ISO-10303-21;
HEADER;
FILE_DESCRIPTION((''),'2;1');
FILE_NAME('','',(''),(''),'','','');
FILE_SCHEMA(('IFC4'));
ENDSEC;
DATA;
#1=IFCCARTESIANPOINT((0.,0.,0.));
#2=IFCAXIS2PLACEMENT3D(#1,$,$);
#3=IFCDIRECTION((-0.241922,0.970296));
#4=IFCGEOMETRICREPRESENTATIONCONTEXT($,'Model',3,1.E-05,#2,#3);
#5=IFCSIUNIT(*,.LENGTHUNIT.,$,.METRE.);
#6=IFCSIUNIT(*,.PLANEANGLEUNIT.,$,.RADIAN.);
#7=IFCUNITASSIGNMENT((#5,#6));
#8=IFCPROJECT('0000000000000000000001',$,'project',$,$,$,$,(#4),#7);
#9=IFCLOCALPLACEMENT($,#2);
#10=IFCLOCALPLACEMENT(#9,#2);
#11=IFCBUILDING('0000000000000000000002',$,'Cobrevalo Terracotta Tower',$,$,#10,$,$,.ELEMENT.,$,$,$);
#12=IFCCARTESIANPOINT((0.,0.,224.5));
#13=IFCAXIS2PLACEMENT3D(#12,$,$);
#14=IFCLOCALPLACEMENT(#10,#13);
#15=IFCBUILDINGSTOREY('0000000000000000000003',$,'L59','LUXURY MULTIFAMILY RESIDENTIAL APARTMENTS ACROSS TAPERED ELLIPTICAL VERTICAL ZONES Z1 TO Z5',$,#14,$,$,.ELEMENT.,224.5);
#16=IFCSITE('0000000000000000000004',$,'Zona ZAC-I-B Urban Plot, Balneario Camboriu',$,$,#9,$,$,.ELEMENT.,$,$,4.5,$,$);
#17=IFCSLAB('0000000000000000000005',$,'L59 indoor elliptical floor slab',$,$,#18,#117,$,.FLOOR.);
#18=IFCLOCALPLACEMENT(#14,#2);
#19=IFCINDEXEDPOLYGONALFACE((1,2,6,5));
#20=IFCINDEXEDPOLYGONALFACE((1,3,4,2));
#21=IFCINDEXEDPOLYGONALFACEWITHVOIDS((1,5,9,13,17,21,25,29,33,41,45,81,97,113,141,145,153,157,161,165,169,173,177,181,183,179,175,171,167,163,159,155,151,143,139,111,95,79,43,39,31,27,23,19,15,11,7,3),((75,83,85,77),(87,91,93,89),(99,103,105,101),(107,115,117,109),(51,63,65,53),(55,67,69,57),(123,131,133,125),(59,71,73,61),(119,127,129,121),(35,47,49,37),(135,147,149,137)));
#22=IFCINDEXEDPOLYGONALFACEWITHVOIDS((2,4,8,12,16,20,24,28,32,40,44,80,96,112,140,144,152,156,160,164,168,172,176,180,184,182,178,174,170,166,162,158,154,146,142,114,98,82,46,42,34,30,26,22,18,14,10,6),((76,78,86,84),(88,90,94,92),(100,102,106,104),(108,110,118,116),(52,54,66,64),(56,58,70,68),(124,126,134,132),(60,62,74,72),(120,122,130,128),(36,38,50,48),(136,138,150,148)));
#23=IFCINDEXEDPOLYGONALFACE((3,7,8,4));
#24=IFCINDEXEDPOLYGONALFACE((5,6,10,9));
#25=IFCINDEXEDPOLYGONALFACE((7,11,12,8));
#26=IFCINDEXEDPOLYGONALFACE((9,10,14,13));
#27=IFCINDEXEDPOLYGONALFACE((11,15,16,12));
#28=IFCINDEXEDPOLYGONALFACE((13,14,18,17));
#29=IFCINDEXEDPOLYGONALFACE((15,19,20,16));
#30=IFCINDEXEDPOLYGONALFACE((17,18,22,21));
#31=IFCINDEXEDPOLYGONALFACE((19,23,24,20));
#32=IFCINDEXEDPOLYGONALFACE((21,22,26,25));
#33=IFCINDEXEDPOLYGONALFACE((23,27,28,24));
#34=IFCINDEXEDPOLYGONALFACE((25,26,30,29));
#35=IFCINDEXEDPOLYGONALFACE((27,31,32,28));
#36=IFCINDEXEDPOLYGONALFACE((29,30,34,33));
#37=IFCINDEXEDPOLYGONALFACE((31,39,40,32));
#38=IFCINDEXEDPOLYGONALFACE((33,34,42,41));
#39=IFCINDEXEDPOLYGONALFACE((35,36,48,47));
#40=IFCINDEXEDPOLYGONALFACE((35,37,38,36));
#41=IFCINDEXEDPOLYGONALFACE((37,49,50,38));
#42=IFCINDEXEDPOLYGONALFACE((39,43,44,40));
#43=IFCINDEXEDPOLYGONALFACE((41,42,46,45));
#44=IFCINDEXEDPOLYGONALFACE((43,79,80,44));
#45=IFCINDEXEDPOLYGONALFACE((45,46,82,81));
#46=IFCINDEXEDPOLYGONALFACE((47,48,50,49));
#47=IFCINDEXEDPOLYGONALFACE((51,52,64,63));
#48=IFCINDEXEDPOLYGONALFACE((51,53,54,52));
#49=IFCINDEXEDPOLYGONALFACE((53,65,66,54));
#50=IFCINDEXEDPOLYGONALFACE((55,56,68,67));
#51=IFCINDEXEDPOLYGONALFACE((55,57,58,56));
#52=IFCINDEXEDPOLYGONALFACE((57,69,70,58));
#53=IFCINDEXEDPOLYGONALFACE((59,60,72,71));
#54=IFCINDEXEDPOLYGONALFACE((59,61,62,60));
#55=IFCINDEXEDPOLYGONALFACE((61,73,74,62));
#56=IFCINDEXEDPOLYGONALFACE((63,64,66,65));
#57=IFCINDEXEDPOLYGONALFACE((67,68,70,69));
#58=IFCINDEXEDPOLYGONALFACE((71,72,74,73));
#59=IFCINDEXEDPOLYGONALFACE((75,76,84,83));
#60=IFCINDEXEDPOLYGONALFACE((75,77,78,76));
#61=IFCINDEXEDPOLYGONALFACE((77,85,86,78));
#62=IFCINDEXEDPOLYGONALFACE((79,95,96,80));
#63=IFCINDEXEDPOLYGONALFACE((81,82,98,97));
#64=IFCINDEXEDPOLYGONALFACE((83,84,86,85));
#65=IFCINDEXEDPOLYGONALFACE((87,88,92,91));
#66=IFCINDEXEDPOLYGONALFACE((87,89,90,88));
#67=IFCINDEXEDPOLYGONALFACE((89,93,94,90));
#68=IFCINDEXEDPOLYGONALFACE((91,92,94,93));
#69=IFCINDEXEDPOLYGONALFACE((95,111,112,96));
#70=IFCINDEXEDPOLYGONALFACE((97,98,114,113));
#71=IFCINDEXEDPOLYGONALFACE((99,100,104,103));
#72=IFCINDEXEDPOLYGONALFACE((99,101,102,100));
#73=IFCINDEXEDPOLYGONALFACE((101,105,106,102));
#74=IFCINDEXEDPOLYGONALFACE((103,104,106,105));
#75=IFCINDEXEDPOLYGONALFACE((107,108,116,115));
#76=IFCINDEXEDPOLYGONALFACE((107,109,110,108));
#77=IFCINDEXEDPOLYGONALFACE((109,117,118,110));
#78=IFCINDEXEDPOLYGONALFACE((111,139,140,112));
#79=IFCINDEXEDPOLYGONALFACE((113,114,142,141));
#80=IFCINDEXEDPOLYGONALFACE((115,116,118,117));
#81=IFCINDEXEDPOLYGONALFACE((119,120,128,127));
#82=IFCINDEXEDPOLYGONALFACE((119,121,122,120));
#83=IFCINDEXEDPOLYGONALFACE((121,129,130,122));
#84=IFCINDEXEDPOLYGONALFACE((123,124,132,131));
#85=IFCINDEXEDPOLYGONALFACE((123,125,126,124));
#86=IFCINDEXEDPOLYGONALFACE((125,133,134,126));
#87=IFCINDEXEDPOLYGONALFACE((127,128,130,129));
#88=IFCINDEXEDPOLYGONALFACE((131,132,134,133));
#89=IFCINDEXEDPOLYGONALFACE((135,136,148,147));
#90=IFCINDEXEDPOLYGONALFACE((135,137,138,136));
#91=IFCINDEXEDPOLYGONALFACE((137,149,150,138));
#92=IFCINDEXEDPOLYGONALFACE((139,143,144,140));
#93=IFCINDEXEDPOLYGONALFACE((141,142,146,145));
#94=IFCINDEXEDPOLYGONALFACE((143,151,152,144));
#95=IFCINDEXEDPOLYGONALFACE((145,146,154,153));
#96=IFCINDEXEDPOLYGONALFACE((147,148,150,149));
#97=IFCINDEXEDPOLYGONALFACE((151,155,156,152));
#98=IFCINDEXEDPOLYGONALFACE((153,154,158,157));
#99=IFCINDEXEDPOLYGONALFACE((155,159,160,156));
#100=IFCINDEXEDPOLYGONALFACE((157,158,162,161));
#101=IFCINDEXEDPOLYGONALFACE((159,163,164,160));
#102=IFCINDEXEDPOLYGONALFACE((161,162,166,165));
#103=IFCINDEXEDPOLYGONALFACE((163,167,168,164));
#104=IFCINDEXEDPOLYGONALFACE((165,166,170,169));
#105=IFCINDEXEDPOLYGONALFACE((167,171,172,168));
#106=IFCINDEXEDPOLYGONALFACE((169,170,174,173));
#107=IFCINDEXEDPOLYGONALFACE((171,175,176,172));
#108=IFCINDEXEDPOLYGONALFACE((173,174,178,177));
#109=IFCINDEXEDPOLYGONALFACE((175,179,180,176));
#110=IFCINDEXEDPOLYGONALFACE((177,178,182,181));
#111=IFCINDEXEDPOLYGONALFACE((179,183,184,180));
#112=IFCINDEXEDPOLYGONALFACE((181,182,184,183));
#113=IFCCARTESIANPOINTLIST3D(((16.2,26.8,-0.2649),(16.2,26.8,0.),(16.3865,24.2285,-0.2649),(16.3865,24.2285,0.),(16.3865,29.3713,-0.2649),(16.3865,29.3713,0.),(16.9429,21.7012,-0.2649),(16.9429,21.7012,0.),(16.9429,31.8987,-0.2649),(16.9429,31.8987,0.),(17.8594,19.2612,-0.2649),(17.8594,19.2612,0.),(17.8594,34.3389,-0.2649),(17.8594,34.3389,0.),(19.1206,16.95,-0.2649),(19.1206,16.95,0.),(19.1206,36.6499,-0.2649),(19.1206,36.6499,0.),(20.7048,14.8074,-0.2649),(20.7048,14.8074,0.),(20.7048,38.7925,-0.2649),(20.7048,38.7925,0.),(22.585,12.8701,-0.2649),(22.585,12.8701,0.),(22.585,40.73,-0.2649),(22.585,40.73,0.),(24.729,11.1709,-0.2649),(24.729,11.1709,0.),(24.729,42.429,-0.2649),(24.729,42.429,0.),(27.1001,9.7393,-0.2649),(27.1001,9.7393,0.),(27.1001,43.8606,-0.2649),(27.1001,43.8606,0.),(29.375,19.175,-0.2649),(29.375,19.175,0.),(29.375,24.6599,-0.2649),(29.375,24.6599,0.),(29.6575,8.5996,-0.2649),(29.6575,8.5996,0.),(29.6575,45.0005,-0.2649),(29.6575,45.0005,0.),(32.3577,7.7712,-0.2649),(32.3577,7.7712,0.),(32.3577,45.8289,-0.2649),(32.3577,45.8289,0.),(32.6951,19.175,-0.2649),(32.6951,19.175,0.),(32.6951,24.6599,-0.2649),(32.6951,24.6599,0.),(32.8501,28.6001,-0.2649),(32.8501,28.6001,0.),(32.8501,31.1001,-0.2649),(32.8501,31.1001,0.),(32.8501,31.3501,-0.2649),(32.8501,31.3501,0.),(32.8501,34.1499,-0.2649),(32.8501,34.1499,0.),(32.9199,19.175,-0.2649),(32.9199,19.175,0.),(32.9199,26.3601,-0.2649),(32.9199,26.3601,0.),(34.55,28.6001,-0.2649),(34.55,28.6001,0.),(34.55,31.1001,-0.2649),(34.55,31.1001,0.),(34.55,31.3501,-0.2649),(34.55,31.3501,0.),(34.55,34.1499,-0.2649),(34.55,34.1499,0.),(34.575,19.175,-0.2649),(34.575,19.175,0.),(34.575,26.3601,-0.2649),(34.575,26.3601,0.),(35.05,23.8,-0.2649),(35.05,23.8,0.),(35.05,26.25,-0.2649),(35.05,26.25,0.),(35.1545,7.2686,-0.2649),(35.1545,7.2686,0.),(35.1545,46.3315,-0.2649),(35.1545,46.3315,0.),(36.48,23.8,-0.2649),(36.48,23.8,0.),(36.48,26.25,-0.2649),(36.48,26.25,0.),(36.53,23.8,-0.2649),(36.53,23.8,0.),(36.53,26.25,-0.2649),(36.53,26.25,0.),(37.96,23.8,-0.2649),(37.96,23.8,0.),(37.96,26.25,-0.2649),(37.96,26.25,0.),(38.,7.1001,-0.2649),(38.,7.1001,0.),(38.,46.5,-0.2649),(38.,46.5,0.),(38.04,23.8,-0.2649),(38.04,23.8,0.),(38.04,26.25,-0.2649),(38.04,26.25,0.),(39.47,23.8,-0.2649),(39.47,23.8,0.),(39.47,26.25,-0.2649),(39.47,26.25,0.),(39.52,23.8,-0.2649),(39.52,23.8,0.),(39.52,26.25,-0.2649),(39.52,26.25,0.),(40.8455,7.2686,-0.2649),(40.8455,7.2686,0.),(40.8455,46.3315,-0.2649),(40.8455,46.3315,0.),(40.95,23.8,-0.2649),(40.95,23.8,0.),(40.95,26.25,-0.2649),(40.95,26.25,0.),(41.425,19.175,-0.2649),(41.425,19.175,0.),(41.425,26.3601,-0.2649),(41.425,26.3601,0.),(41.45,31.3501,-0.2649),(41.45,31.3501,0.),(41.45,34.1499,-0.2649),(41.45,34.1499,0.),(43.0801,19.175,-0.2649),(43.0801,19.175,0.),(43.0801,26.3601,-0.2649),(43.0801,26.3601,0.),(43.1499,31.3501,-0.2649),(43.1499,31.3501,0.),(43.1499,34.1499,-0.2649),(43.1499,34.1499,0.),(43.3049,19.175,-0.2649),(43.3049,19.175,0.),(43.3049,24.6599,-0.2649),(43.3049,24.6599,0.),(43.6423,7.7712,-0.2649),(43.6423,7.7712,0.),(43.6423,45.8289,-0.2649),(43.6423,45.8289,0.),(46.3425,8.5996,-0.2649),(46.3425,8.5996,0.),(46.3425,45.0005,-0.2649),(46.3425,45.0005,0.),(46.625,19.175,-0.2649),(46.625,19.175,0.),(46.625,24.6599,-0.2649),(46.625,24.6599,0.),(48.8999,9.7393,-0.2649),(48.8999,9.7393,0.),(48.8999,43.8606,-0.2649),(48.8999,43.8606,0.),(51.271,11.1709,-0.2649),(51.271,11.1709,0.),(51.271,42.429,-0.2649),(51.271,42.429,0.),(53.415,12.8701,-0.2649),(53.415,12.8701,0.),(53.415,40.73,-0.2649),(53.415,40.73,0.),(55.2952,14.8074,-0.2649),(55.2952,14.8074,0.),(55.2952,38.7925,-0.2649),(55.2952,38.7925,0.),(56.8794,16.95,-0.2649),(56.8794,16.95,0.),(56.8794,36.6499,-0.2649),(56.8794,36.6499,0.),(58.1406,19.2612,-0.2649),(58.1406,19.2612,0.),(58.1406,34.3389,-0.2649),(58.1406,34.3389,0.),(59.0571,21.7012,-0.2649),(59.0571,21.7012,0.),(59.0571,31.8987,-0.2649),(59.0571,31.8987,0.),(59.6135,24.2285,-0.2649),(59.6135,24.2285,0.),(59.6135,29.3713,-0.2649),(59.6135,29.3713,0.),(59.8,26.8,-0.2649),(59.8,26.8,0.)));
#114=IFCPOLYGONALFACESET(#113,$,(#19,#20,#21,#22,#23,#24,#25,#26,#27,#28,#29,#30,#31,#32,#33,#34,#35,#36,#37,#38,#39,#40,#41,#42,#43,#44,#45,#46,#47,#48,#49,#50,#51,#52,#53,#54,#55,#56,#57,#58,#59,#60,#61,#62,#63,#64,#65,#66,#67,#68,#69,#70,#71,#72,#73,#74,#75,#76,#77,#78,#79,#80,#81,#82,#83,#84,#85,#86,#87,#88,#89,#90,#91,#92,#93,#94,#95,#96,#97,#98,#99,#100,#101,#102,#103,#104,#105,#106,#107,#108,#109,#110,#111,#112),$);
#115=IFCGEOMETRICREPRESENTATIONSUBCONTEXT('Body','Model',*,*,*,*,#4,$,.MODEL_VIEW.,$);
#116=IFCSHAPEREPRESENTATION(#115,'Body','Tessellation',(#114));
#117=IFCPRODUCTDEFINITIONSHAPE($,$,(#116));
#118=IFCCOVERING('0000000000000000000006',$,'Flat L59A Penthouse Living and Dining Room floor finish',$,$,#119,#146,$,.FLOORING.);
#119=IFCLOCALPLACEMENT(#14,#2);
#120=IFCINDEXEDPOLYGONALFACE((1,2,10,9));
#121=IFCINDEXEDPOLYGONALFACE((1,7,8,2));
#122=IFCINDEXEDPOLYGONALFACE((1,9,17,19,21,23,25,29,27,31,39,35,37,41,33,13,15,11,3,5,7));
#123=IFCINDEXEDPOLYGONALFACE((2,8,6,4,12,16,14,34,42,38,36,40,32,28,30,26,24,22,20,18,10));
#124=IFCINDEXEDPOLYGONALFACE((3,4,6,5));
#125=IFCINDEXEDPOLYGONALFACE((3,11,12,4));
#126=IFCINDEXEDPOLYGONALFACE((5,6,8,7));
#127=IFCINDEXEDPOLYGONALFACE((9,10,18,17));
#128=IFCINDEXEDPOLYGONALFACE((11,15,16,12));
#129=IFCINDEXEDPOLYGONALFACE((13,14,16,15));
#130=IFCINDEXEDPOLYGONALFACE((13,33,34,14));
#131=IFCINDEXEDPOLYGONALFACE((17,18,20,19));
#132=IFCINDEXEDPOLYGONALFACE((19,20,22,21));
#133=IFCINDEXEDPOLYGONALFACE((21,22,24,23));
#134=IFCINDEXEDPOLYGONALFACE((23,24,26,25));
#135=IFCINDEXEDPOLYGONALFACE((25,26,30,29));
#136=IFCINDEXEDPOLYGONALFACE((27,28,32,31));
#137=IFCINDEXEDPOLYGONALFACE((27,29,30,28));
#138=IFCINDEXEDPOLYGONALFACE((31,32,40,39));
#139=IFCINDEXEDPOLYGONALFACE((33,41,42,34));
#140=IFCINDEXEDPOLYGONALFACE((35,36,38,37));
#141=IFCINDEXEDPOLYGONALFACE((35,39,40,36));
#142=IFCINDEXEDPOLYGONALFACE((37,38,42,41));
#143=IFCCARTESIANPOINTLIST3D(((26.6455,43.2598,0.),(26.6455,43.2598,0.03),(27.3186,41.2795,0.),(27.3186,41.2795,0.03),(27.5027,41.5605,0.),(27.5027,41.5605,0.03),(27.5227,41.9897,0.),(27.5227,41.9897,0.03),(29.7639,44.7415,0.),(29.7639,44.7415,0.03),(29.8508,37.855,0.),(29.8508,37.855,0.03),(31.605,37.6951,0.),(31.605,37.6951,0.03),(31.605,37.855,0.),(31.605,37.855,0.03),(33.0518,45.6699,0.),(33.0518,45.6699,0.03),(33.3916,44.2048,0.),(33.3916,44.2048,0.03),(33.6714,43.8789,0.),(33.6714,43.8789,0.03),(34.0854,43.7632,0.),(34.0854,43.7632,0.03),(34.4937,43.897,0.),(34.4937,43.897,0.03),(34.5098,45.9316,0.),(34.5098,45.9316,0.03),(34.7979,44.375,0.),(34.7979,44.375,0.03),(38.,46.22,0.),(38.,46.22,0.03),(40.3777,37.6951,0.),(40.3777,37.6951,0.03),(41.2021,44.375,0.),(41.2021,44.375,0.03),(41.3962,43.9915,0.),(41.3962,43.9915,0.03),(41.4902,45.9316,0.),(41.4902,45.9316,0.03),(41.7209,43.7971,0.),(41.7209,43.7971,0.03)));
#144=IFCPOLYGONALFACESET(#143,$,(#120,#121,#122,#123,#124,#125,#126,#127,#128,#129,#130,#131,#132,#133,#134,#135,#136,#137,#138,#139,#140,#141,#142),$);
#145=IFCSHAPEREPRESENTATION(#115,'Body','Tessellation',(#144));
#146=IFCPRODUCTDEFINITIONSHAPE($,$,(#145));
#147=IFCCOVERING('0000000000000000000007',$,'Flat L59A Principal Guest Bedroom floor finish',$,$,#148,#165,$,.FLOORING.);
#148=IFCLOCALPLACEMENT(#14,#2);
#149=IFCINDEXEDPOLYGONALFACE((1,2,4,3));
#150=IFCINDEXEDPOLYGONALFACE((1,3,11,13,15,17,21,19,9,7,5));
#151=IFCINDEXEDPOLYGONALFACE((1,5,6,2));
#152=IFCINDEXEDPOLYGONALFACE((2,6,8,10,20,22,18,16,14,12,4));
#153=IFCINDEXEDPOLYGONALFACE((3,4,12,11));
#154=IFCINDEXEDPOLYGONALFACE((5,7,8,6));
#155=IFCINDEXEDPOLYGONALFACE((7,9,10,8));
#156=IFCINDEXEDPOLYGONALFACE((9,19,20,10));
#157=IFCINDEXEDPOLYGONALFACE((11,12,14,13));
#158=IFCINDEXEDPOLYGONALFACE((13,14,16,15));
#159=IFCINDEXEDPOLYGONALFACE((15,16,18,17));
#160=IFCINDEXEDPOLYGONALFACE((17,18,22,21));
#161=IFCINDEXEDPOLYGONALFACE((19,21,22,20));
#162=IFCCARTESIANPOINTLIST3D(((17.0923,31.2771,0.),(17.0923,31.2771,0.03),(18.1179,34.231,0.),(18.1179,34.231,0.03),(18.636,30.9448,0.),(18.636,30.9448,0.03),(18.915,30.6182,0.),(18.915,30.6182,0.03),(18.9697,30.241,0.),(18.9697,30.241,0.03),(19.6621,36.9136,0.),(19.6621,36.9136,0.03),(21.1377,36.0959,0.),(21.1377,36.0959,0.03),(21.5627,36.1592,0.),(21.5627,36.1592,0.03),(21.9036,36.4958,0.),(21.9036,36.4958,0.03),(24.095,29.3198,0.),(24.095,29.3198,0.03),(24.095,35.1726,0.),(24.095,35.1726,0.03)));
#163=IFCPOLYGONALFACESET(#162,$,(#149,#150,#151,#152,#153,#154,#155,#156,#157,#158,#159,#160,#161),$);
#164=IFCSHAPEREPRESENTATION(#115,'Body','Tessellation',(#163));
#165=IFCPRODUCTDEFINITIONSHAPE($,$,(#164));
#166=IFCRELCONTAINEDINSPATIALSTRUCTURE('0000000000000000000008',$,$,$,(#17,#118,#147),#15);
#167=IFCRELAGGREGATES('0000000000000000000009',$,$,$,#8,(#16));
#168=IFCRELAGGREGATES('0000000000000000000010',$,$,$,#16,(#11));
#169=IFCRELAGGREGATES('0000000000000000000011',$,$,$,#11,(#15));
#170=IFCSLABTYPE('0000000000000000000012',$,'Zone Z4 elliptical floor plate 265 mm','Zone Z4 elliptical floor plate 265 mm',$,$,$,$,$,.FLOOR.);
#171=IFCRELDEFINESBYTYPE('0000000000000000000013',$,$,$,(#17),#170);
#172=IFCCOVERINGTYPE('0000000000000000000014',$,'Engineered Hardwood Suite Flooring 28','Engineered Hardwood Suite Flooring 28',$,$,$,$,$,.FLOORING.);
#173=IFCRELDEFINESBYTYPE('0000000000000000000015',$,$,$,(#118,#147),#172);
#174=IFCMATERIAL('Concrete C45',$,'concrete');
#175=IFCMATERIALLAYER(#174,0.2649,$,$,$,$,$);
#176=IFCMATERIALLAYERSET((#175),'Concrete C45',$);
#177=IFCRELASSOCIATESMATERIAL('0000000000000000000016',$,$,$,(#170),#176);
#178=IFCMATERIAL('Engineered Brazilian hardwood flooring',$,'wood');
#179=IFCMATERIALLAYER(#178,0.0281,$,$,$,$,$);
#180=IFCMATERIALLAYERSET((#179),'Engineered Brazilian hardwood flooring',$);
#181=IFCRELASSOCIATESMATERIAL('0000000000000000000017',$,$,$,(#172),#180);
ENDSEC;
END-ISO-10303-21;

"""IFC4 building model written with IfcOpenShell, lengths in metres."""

from ifc_helpers import new_model, si_unit, direction, frame, origin, place, context, subcontext, project, spatial, polyline, outline, extrude, material, layer, layer_set, type_object, element, save


model = new_model("IFC4")

# Units and contexts
model_context = context("Model", 3, precision=1e-05, world=origin(), true_north=direction((-0.241922, 0.970296)))
body_context = subcontext(model_context, "Body", "Model", "MODEL_VIEW")
ifc_project = project(units=[si_unit("LENGTHUNIT", "METRE"), si_unit("PLANEANGLEUNIT", "RADIAN")], contexts=[model_context])

# Site, building, storey
site_placement = place(None, origin())
site = spatial("IfcSite", under=ifc_project, at=site_placement, Name="Zona ZAC-I-B Urban Plot, Balneario Camboriu", CompositionType="ELEMENT", RefElevation=4.5)
building_placement = place(site_placement, origin())
building = spatial("IfcBuilding", under=site, at=building_placement, Name="Cobrevalo Terracotta Tower", CompositionType="ELEMENT")
storey_placement = place(building_placement, frame((0.0, 0.0, 224.5)))
storey = spatial("IfcBuildingStorey", under=building, at=storey_placement, Name="L59", Description="LUXURY MULTIFAMILY RESIDENTIAL APARTMENTS ACROSS TAPERED ELLIPTICAL VERTICAL ZONES Z1 TO Z5", CompositionType="ELEMENT", Elevation=224.5)

# Slab
ifc_material_1 = material(Name="Concrete C45", Category="concrete")
ifc_layer_1 = layer(ifc_material_1, 0.2649)
ifc_layer_set_1 = layer_set([ifc_layer_1], Name="Concrete C45")
slab_type_1 = type_object("IfcSlabType", Name="Zone Z4 elliptical floor plate 265 mm", Description="Zone Z4 elliptical floor plate 265 mm", PredefinedType="FLOOR", material=ifc_layer_set_1)
slab_1_placement = place(storey_placement, frame((0.0, 0.0, -0.2649)))
element("IfcSlab", 1, at=slab_1_placement, inside=storey, type_object=slab_type_1, Name="L59 indoor elliptical floor slab", PredefinedType="FLOOR", context=body_context, shape_type="SweptSolid", body=[
    extrude(outline(polyline([(59.6135, 24.2285), (59.0571, 21.7012), (58.1406, 19.2612), (56.8794, 16.95), (55.2952, 14.8074), (53.415, 12.8701), (51.271, 11.1709), (48.8999, 9.7393), (46.3425, 8.5996), (43.6423, 7.7712), (40.8455, 7.2686), (38.0, 7.1001), (35.1545, 7.2686), (32.3577, 7.7712), (29.6575, 8.5996), (27.1001, 9.7393), (24.729, 11.1709), (22.585, 12.8701), (20.7048, 14.8074), (19.1206, 16.95), (17.8594, 19.2612), (16.9429, 21.7012), (16.3865, 24.2285), (16.2, 26.8), (16.3865, 29.3713), (16.9429, 31.8987), (17.8594, 34.3389), (19.1206, 36.6499), (20.7048, 38.7925), (22.585, 40.73), (24.729, 42.429), (27.1001, 43.8606), (29.6575, 45.0005), (32.3577, 45.8289), (35.1545, 46.3315), (38.0, 46.5), (40.8455, 46.3315), (43.6423, 45.8289), (46.3425, 45.0005), (48.8999, 43.8606), (51.271, 42.429), (53.415, 40.73), (55.2952, 38.7925), (56.8794, 36.6499), (58.1406, 34.3389), (59.0571, 31.8987), (59.6135, 29.3713), (59.8, 26.8), (59.6135, 24.2285)]), holes=[polyline([(32.6951, 19.175), (32.6951, 24.6599), (29.375, 24.6599), (29.375, 19.175), (32.6951, 19.175)]), polyline([(34.575, 26.3601), (32.9199, 26.3601), (32.9199, 19.175), (34.575, 19.175), (34.575, 26.3601)]), polyline([(36.48, 26.25), (35.05, 26.25), (35.05, 23.8), (36.48, 23.8), (36.48, 26.25)]), polyline([(37.96, 23.8), (37.96, 26.25), (36.53, 26.25), (36.53, 23.8), (37.96, 23.8)]), polyline([(34.55, 28.6001), (34.55, 31.1001), (32.8501, 31.1001), (32.8501, 28.6001), (34.55, 28.6001)]), polyline([(34.55, 34.1499), (32.8501, 34.1499), (32.8501, 31.3501), (34.55, 31.3501), (34.55, 34.1499)]), polyline([(43.3049, 19.175), (46.625, 19.175), (46.625, 24.6599), (43.3049, 24.6599), (43.3049, 19.175)]), polyline([(43.0801, 19.175), (43.0801, 26.3601), (41.425, 26.3601), (41.425, 19.175), (43.0801, 19.175)]), polyline([(39.47, 26.25), (38.04, 26.25), (38.04, 23.8), (39.47, 23.8), (39.47, 26.25)]), polyline([(40.95, 23.8), (40.95, 26.25), (39.52, 26.25), (39.52, 23.8), (40.95, 23.8)]), polyline([(43.1499, 31.3501), (43.1499, 34.1499), (41.45, 34.1499), (41.45, 31.3501), (43.1499, 31.3501)])]), origin(), (0.0, 0.0, 1.0), 0.2649),
])

# Coverings
ifc_material_2 = material(Name="Engineered Brazilian hardwood flooring", Category="wood")
ifc_layer_2 = layer(ifc_material_2, 0.0281)
ifc_layer_set_2 = layer_set([ifc_layer_2], Name="Engineered Brazilian hardwood flooring")
covering_type_1 = type_object("IfcCoveringType", Name="Engineered Hardwood Suite Flooring 28", Description="Engineered Hardwood Suite Flooring 28", PredefinedType="FLOORING", material=ifc_layer_set_2)
covering_1_placement = place(storey_placement, origin())
element("IfcCovering", 2, at=covering_1_placement, inside=storey, type_object=covering_type_1, Name="Flat L59A Penthouse Living and Dining Room floor finish", PredefinedType="FLOORING", context=body_context, shape_type="SweptSolid", body=[
    extrude(outline(polyline([(29.7639, 44.7415), (33.0518, 45.6699), (33.3916, 44.2048), (33.6714, 43.8789), (34.0854, 43.7632), (34.4937, 43.897), (34.7979, 44.375), (34.5098, 45.9316), (38.0, 46.22), (41.4902, 45.9316), (41.2021, 44.375), (41.3962, 43.9915), (41.7209, 43.7971), (40.3777, 37.6951), (31.605, 37.6951), (31.605, 37.855), (29.8508, 37.855), (27.3186, 41.2795), (27.5027, 41.5605), (27.5227, 41.9897), (26.6455, 43.2598), (29.7639, 44.7415)])), origin(), (0.0, 0.0, 1.0), 0.03),
])
covering_2_placement = place(storey_placement, origin())
element("IfcCovering", 3, at=covering_2_placement, inside=storey, type_object=covering_type_1, Name="Flat L59A Principal Guest Bedroom floor finish", PredefinedType="FLOORING", context=body_context, shape_type="SweptSolid", body=[
    extrude(outline(polyline([(18.1179, 34.231), (19.6621, 36.9136), (21.1377, 36.0959), (21.5627, 36.1592), (21.9036, 36.4958), (24.095, 35.1726), (24.095, 29.3198), (18.9697, 30.241), (18.915, 30.6182), (18.636, 30.9448), (17.0923, 31.2771), (18.1179, 34.231)])), origin(), (0.0, 0.0, 1.0), 0.03),
])

save(model, "model.ifc")
